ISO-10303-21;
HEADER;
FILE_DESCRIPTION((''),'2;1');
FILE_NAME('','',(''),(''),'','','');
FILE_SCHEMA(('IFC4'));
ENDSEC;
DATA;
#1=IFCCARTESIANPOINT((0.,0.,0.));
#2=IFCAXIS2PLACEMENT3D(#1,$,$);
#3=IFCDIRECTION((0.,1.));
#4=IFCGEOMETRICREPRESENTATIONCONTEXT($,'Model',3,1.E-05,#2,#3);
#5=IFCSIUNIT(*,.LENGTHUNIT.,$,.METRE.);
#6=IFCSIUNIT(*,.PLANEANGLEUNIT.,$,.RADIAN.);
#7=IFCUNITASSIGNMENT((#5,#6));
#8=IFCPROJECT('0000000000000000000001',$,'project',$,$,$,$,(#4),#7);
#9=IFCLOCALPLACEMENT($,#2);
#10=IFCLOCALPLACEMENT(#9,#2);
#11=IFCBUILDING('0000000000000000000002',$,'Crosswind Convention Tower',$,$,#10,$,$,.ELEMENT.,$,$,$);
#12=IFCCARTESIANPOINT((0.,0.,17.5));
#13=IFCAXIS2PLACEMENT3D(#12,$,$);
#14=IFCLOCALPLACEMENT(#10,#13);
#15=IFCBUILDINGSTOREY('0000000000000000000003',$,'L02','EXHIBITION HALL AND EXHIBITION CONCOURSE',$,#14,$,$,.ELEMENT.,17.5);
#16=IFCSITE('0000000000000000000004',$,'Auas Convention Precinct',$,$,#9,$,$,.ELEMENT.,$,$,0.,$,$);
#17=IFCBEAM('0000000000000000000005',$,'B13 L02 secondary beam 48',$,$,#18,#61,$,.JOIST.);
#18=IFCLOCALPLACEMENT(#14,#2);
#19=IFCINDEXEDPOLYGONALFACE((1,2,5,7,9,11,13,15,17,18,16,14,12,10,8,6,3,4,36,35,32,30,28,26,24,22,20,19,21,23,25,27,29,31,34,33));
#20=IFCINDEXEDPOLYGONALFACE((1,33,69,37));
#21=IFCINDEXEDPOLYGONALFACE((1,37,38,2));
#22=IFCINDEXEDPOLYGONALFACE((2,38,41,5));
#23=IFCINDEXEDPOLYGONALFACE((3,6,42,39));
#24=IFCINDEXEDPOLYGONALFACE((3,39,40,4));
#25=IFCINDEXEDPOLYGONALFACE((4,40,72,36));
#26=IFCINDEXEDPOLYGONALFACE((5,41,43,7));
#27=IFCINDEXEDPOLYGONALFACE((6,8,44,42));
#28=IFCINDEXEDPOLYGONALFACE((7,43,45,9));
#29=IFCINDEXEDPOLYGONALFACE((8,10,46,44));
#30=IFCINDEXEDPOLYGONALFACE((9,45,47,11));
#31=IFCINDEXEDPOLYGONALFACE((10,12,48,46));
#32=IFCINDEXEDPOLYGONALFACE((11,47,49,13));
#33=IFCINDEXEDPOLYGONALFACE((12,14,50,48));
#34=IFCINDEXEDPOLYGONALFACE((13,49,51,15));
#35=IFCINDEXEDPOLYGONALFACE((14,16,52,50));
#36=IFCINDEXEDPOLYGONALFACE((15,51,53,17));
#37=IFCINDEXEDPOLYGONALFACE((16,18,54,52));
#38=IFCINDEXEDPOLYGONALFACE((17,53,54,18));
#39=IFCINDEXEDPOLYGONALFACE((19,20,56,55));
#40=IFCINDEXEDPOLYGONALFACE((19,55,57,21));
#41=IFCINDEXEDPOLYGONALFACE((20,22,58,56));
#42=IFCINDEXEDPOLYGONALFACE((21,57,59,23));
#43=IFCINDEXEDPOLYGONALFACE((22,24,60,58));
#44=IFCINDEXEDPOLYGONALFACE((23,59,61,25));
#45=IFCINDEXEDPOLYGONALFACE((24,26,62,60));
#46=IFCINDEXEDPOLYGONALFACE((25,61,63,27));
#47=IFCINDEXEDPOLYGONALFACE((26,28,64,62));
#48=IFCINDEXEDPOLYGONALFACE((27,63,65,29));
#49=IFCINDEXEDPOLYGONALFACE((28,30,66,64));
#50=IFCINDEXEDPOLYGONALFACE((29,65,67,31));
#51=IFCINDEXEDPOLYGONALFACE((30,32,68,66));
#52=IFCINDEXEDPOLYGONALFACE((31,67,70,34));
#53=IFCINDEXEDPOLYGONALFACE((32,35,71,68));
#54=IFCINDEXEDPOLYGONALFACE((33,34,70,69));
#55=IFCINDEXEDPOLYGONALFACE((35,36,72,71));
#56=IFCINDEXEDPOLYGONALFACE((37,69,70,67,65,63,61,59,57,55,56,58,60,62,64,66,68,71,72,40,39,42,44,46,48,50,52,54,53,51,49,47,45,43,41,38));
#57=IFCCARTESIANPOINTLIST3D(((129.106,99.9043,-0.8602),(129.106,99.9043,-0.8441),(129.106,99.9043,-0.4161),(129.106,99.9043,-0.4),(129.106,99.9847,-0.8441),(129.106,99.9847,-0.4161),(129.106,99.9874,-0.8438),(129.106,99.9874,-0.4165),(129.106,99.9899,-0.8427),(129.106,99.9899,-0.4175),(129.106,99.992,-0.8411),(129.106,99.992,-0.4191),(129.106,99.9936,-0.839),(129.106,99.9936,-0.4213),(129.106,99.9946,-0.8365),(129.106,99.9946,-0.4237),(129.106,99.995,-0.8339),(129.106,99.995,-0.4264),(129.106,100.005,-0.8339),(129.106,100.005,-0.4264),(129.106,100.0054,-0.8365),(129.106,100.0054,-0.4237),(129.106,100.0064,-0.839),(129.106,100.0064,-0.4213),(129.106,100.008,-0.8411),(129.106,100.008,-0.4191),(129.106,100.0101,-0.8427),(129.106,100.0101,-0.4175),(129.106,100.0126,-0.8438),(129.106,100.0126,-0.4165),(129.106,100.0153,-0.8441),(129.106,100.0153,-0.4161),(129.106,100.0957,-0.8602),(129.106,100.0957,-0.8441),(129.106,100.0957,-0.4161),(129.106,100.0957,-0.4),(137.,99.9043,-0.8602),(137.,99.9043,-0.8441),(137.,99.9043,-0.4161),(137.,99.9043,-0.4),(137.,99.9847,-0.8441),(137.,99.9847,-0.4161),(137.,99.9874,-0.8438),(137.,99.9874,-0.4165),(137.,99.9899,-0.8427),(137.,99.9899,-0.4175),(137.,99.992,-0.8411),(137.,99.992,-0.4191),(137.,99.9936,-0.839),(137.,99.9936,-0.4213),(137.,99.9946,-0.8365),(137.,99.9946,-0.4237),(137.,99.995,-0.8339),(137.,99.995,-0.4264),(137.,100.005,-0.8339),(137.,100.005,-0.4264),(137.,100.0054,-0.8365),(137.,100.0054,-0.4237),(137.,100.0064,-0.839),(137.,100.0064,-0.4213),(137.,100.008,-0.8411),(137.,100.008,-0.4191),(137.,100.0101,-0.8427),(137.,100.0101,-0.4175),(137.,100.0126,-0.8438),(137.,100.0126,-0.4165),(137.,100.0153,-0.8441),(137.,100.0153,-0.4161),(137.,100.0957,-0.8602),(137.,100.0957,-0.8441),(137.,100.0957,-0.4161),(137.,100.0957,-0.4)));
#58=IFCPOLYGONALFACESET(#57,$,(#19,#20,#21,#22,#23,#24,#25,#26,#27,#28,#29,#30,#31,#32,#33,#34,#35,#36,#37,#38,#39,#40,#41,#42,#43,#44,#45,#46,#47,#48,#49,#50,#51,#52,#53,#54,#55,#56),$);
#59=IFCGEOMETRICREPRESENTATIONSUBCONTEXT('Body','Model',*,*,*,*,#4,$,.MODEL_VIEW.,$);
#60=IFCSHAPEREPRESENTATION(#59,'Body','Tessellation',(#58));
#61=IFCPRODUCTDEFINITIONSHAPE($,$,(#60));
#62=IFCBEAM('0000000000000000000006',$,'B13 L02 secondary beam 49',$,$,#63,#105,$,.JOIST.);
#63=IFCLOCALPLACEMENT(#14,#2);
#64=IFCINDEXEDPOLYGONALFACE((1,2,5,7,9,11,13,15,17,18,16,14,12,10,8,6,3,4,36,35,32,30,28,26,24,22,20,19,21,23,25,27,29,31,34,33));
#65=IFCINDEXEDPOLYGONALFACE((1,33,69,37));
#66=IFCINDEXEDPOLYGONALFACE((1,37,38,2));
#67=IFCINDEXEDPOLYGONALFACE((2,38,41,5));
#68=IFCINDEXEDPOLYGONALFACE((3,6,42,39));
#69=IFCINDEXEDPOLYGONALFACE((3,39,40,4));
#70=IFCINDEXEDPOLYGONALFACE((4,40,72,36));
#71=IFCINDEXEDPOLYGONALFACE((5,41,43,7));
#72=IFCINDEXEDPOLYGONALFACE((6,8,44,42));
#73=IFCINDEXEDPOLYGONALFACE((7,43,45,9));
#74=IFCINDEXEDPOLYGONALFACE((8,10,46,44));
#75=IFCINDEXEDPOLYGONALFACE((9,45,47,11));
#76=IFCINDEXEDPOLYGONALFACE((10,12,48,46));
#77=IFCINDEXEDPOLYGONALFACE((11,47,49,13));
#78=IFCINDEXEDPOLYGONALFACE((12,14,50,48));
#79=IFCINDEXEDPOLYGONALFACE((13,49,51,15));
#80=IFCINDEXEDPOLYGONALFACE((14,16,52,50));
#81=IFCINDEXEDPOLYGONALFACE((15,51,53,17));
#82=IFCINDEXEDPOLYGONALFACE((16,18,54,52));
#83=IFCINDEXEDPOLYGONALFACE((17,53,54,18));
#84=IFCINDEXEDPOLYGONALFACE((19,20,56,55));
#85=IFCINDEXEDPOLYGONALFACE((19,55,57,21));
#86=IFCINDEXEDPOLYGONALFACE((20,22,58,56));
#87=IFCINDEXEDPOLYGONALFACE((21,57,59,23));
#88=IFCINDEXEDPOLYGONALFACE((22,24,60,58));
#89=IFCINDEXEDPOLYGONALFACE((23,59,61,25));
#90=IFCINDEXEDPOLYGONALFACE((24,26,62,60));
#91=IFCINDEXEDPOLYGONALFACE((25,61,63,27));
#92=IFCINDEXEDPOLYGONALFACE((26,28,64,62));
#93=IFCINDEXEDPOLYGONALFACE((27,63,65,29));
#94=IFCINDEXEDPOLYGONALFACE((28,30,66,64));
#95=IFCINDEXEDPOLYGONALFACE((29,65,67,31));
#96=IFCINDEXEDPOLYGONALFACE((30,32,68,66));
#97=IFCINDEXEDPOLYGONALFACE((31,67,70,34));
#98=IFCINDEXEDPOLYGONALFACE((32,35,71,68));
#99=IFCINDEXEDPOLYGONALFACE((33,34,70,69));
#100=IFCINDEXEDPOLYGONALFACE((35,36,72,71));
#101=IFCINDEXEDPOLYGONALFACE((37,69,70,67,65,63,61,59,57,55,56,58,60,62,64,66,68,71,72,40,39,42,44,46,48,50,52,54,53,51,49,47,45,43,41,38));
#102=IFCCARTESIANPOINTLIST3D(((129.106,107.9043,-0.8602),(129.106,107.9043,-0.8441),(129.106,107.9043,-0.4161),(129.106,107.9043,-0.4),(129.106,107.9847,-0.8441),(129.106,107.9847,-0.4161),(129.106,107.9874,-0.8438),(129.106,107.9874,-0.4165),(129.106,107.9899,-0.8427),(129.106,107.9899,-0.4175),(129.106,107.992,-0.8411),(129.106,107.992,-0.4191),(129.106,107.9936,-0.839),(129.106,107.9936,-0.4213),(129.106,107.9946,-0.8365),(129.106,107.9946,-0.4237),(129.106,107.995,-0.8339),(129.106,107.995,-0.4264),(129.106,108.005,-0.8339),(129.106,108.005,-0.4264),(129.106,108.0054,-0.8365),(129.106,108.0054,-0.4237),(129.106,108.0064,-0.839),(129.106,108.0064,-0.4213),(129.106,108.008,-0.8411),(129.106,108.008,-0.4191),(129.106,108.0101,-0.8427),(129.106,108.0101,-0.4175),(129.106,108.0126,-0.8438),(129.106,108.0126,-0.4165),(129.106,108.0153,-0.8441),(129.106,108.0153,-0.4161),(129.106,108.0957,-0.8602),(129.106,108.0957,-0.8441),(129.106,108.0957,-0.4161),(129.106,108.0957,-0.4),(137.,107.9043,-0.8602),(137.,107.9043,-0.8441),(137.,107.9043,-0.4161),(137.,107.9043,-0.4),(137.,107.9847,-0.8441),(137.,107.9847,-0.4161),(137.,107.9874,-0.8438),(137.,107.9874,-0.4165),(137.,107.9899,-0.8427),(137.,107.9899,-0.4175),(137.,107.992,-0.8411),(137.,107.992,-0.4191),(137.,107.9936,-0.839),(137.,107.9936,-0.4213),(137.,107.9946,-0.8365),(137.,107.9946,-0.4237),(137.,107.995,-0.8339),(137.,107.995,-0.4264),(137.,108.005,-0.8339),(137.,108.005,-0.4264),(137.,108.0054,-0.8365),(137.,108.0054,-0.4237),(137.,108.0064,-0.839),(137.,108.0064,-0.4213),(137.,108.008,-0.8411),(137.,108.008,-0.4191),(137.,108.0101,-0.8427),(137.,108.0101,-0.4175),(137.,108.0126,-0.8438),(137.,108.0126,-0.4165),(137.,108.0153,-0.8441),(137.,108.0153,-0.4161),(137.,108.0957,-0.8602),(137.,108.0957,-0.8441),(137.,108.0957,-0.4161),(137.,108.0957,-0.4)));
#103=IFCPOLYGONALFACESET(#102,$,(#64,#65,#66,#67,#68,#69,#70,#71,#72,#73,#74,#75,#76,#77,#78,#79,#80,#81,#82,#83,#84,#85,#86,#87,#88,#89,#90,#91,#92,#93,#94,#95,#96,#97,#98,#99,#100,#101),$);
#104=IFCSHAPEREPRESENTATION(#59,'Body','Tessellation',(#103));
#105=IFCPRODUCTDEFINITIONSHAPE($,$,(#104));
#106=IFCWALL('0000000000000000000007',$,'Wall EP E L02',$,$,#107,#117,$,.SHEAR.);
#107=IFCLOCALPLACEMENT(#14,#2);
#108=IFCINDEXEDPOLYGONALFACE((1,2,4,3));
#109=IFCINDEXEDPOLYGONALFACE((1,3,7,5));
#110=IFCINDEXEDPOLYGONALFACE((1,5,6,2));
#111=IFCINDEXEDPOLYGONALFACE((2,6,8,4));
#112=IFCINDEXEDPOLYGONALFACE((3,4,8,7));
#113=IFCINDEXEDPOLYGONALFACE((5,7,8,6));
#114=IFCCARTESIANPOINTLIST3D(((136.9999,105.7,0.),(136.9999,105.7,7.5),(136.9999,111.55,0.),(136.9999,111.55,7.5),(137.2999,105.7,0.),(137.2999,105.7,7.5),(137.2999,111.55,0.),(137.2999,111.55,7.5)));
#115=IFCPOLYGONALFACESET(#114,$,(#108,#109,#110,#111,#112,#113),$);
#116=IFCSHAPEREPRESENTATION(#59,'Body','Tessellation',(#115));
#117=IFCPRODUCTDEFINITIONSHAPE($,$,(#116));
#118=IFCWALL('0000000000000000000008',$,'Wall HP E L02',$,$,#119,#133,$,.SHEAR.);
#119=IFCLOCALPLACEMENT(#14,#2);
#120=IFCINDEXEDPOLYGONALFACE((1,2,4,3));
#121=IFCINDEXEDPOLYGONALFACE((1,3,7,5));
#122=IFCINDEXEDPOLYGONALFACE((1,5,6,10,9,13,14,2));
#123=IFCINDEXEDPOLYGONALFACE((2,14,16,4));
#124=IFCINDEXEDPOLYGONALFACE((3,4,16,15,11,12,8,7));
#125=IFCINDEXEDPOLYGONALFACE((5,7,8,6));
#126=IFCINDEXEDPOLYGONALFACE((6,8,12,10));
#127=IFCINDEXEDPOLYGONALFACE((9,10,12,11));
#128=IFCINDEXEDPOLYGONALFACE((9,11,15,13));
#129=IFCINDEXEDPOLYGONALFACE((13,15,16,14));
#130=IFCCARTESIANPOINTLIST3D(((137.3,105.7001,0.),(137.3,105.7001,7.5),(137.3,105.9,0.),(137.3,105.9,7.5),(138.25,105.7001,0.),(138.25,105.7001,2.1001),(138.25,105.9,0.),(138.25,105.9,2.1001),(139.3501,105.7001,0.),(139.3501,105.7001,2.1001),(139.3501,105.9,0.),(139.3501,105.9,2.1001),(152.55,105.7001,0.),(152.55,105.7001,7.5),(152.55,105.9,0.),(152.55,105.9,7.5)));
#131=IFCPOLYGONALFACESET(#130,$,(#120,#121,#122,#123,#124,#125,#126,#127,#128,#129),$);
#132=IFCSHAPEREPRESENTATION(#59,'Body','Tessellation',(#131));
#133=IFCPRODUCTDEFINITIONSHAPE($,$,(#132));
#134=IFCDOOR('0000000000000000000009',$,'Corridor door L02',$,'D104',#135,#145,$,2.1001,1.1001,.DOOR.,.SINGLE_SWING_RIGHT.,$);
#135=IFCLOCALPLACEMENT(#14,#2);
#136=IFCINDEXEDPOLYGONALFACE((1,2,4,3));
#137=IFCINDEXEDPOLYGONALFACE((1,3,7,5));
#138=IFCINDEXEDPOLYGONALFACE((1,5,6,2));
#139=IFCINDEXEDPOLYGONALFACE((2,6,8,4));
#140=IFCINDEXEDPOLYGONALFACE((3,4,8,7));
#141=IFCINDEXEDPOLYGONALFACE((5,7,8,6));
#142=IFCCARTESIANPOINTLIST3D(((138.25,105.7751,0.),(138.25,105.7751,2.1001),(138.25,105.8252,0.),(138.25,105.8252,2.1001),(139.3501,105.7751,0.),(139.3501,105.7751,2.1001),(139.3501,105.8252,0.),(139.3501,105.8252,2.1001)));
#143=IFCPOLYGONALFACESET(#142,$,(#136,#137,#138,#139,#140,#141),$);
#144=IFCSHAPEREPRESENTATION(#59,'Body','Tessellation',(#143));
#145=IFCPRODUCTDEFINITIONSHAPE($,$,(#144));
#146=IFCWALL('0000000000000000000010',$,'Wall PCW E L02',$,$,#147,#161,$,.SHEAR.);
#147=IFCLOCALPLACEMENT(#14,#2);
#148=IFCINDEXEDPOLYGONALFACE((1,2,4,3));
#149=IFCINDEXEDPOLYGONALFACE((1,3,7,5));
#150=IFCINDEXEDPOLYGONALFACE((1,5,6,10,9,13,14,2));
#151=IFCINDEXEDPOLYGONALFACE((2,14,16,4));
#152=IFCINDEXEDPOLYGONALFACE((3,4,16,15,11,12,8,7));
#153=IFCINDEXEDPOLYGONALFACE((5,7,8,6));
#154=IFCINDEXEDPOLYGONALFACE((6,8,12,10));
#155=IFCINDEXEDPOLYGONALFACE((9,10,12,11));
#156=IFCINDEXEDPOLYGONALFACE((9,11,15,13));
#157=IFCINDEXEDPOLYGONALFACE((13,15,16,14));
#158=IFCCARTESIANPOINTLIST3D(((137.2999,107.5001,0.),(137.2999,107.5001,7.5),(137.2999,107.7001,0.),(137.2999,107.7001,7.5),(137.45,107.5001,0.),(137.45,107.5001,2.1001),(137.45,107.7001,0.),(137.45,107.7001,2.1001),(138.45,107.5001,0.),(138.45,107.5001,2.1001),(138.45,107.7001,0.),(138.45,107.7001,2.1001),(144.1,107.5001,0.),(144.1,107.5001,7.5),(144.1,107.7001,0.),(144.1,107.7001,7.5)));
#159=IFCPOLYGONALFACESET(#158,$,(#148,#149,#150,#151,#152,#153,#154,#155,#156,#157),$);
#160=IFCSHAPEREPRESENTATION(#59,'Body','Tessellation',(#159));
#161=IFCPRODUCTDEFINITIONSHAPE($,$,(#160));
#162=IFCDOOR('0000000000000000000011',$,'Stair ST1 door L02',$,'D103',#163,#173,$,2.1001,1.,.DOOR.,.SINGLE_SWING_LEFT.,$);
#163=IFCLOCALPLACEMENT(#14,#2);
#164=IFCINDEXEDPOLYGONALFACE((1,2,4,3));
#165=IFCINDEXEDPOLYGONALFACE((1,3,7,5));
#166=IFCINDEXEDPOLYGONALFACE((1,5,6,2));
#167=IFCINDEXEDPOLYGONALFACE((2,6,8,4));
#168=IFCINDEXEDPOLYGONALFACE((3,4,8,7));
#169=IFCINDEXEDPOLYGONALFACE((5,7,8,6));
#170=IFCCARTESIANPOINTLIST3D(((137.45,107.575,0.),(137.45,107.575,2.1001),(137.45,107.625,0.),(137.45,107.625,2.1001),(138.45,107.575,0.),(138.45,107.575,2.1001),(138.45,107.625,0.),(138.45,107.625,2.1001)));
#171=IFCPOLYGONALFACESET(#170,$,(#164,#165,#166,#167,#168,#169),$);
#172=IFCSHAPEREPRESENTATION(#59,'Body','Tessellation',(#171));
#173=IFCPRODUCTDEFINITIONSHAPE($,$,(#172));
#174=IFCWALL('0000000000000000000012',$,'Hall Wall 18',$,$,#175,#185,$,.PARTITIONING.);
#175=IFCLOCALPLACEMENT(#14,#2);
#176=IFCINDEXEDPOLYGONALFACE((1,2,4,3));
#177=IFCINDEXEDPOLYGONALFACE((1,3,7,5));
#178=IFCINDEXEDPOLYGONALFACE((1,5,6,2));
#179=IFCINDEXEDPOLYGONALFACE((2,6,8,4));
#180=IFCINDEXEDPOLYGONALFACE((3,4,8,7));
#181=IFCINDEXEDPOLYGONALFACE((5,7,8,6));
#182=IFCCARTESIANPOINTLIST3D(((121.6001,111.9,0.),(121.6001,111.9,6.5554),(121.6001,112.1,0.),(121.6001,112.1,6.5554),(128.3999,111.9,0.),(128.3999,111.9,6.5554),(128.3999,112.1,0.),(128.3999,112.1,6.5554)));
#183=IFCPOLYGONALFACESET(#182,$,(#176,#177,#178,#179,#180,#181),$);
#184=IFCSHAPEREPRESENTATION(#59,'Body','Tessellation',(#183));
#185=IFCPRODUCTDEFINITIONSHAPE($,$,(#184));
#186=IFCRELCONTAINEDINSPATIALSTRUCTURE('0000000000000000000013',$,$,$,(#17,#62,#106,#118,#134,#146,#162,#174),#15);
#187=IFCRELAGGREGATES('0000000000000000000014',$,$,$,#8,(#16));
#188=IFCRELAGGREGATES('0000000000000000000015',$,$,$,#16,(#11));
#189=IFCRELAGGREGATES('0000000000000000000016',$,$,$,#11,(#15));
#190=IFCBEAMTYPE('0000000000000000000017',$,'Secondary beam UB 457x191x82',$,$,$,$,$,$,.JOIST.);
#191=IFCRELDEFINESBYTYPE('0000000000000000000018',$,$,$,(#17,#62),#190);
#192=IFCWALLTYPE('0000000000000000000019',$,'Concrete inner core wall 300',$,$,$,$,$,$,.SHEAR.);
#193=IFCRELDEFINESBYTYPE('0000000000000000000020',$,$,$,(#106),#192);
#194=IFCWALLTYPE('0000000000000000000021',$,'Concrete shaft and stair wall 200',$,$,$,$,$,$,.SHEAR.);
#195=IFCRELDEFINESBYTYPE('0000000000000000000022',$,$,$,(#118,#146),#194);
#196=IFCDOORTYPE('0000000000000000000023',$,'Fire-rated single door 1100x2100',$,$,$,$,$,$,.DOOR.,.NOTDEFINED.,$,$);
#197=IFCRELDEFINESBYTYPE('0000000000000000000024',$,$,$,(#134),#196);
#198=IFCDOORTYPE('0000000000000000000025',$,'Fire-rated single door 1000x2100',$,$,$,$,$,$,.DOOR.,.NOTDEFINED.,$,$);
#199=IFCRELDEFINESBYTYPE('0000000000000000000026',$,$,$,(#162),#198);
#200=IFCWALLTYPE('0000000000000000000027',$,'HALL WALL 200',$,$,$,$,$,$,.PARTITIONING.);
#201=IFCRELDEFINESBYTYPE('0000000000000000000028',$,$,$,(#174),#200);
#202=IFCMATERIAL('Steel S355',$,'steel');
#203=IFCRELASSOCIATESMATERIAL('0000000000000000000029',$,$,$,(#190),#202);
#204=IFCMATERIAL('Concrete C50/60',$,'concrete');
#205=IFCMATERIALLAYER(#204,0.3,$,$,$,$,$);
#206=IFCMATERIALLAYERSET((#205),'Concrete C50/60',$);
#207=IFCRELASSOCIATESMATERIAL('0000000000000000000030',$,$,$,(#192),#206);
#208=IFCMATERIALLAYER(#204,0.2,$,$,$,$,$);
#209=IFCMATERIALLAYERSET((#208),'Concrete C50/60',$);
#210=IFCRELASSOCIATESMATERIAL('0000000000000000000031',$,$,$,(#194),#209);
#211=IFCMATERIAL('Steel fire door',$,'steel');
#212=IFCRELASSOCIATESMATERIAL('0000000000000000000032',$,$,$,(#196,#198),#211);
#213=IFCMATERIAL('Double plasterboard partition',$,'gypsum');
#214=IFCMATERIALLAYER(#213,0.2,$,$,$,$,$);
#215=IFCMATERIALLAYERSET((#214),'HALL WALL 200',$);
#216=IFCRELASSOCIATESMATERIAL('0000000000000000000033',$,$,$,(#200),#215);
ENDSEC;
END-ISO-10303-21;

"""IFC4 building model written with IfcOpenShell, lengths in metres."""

from ifc_helpers import new_model, si_unit, direction, frame, frame_2d, origin, origin_2d, place, context, subcontext, project, spatial, rectangle, i_section, extrude, material, layer, layer_set, material_profile, profile_set, type_object, element, fill, save


model = new_model("IFC4")

# Units and contexts
model_context = context("Model", 3, precision=1e-05, world=origin(), true_north=direction((0.0, 1.0)))
body_context = subcontext(model_context, "Body", "Model", "MODEL_VIEW")
ifc_project = project(units=[si_unit("LENGTHUNIT", "METRE"), si_unit("PLANEANGLEUNIT", "RADIAN")], contexts=[model_context])

# Site, building, storey
site_placement = place(None, origin())
site = spatial("IfcSite", under=ifc_project, at=site_placement, Name="Auas Convention Precinct", CompositionType="ELEMENT", RefElevation=0.0)
building_placement = place(site_placement, origin())
building = spatial("IfcBuilding", under=site, at=building_placement, Name="Crosswind Convention Tower", CompositionType="ELEMENT")
storey_placement = place(building_placement, frame((0.0, 0.0, 17.5)))
storey = spatial("IfcBuildingStorey", under=building, at=storey_placement, Name="L02", Description="EXHIBITION HALL AND EXHIBITION CONCOURSE", CompositionType="ELEMENT", Elevation=17.5)

# Beams
ifc_material_1 = material(Name="Steel S355", Category="steel")
ifc_material_profile_1 = material_profile(ifc_material_1, i_section(OverallWidth=0.1914, OverallDepth=0.4602, WebThickness=0.01, FlangeThickness=0.0161, FilletRadius=0.0103, at=origin_2d()), Name="UB 457x191x82")
ifc_profile_set_1 = profile_set([ifc_material_profile_1], Name="Steel S355")
beam_type_1 = type_object("IfcBeamType", Name="Secondary beam UB 457x191x82", PredefinedType="JOIST", material=ifc_profile_set_1)
for number, where, z_axis, x_axis, name in (
    (1, (129.106, 100.0, -0.6301), (1.0, 0.0, 0.0), (0.0, 1.0, 0.0), "B13 L02 secondary beam 48"),
    (2, (129.106, 108.0, -0.6301), (1.0, 0.0, 0.0), (0.0, 1.0, 0.0), "B13 L02 secondary beam 49"),
):
    element("IfcBeam", number, at=place(storey_placement, frame(where, z_axis=z_axis, x_axis=x_axis)), inside=storey, type_object=beam_type_1, Name=name, PredefinedType="JOIST", context=body_context, shape_type="SweptSolid", body=[
        extrude(i_section(OverallWidth=0.1914, OverallDepth=0.4602, WebThickness=0.01, FlangeThickness=0.0161, FilletRadius=0.0103, at=origin_2d()), origin(), (0.0, 0.0, 1.0), 7.894),
    ])

# Wall
ifc_material_2 = material(Name="Concrete C50/60", Category="concrete")
ifc_layer_1 = layer(ifc_material_2, 0.3)
ifc_layer_set_1 = layer_set([ifc_layer_1], Name="Concrete C50/60")
wall_type_1 = type_object("IfcWallType", Name="Concrete inner core wall 300", PredefinedType="SHEAR", material=ifc_layer_set_1)
wall_1_placement = place(storey_placement, frame((137.1499, 105.7, 0.0), z_axis=(0.0, 0.0, 1.0), x_axis=(0.0, 1.0, 0.0)))
element("IfcWall", 3, at=wall_1_placement, inside=storey, type_object=wall_type_1, Name="Wall EP E L02", PredefinedType="SHEAR", context=body_context, shape_type="SweptSolid", body=[
    extrude(rectangle(XDim=5.8501, YDim=0.3, at=frame_2d((2.925, 0.0))), origin(), (0.0, 0.0, 1.0), 7.5),
])

# Walls, openings, doors
ifc_layer_2 = layer(ifc_material_2, 0.2)
ifc_layer_set_2 = layer_set([ifc_layer_2], Name="Concrete C50/60")
wall_type_2 = type_object("IfcWallType", Name="Concrete shaft and stair wall 200", PredefinedType="SHEAR", material=ifc_layer_set_2)
wall_2_placement = place(storey_placement, frame((137.3, 105.8, 0.0), z_axis=(0.0, 0.0, 1.0), x_axis=(1.0, 0.0, 0.0)))
wall_2 = element("IfcWall", 4, at=wall_2_placement, inside=storey, type_object=wall_type_2, Name="Wall HP E L02", PredefinedType="SHEAR", context=body_context, shape_type="SweptSolid", body=[
    extrude(rectangle(XDim=15.25, YDim=0.2, at=frame_2d((7.625, 0.0))), origin(), (0.0, 0.0, 1.0), 7.5),
])
opening_1_placement = place(wall_2_placement, frame((0.95, 0.0, 0.0)))
opening_1 = element("IfcOpeningElement", 5, at=opening_1_placement, cuts=wall_2, PredefinedType="OPENING", context=body_context, shape_type="SweptSolid", body=[
    extrude(rectangle(XDim=1.1001, YDim=2.1001, at=frame_2d((0.55, 1.05))), frame((0.0, 0.1099, 0.0), z_axis=(0.0, -1.0, 0.0), x_axis=(1.0, 0.0, 0.0)), (0.0, 0.0, 1.0), 0.22),
])
ifc_material_3 = material(Name="Steel fire door", Category="steel")
door_type_1 = type_object("IfcDoorType", Name="Fire-rated single door 1100x2100", OperationType="NOTDEFINED", PredefinedType="DOOR", material=ifc_material_3)
door_1_placement = place(opening_1_placement, frame((1.1001, 0.0, 0.0), z_axis=(0.0, 0.0, 1.0), x_axis=(-1.0, 0.0, 0.0)))
door_1 = element("IfcDoor", 6, at=door_1_placement, inside=storey, type_object=door_type_1, Name="Corridor door L02", ObjectType="D104", OperationType="SINGLE_SWING_RIGHT", OverallHeight=2.1001, OverallWidth=1.1001, PredefinedType="DOOR", context=body_context, shape_type="SweptSolid", body=[
    extrude(rectangle(XDim=1.1001, YDim=2.1001, at=frame_2d((0.55, 1.05))), frame((0.0, 0.0249, 0.0), z_axis=(0.0, -1.0, 0.0), x_axis=(1.0, 0.0, 0.0)), (0.0, 0.0, 1.0), 0.05),
])
fill(opening_1, door_1)
wall_3_placement = place(storey_placement, frame((137.3, 107.6001, 0.0), z_axis=(0.0, 0.0, 1.0), x_axis=(1.0, 0.0, 0.0)))
wall_3 = element("IfcWall", 7, at=wall_3_placement, inside=storey, type_object=wall_type_2, Name="Wall PCW E L02", PredefinedType="SHEAR", context=body_context, shape_type="SweptSolid", body=[
    extrude(rectangle(XDim=6.8, YDim=0.2, at=frame_2d((3.3999, 0.0))), origin(), (0.0, 0.0, 1.0), 7.5),
])
opening_2_placement = place(wall_3_placement, frame((0.1499, 0.0, 0.0)))
opening_2 = element("IfcOpeningElement", 8, at=opening_2_placement, cuts=wall_3, PredefinedType="OPENING", context=body_context, shape_type="SweptSolid", body=[
    extrude(rectangle(XDim=1.0, YDim=2.1001, at=frame_2d((0.5, 1.05))), frame((0.0, 0.1099, 0.0), z_axis=(0.0, -1.0, 0.0), x_axis=(1.0, 0.0, 0.0)), (0.0, 0.0, 1.0), 0.22),
])
door_type_2 = type_object("IfcDoorType", Name="Fire-rated single door 1000x2100", OperationType="NOTDEFINED", PredefinedType="DOOR", material=ifc_material_3)
door_2_placement = place(opening_2_placement, origin())
door_2 = element("IfcDoor", 9, at=door_2_placement, inside=storey, type_object=door_type_2, Name="Stair ST1 door L02", ObjectType="D103", OperationType="SINGLE_SWING_LEFT", OverallHeight=2.1001, OverallWidth=1.0, PredefinedType="DOOR", context=body_context, shape_type="SweptSolid", body=[
    extrude(rectangle(XDim=1.0, YDim=2.1001, at=frame_2d((0.5, 1.05))), frame((0.0, 0.0249, 0.0), z_axis=(0.0, -1.0, 0.0), x_axis=(1.0, 0.0, 0.0)), (0.0, 0.0, 1.0), 0.05),
])
fill(opening_2, door_2)

# Wall
ifc_material_4 = material(Name="Double plasterboard partition", Category="gypsum")
ifc_layer_3 = layer(ifc_material_4, 0.2)
ifc_layer_set_3 = layer_set([ifc_layer_3], Name="HALL WALL 200")
wall_type_3 = type_object("IfcWallType", Name="HALL WALL 200", PredefinedType="PARTITIONING", material=ifc_layer_set_3)
wall_4_placement = place(storey_placement, frame((121.6001, 112.0, 0.0), z_axis=(0.0, 0.0, 1.0), x_axis=(1.0, 0.0, 0.0)))
element("IfcWall", 10, at=wall_4_placement, inside=storey, type_object=wall_type_3, Name="Hall Wall 18", PredefinedType="PARTITIONING", context=body_context, shape_type="SweptSolid", body=[
    extrude(rectangle(XDim=6.7998, YDim=0.2, at=frame_2d((3.3999, 0.0))), origin(), (0.0, 0.0, 1.0), 6.5554),
])

save(model, "model.ifc")
